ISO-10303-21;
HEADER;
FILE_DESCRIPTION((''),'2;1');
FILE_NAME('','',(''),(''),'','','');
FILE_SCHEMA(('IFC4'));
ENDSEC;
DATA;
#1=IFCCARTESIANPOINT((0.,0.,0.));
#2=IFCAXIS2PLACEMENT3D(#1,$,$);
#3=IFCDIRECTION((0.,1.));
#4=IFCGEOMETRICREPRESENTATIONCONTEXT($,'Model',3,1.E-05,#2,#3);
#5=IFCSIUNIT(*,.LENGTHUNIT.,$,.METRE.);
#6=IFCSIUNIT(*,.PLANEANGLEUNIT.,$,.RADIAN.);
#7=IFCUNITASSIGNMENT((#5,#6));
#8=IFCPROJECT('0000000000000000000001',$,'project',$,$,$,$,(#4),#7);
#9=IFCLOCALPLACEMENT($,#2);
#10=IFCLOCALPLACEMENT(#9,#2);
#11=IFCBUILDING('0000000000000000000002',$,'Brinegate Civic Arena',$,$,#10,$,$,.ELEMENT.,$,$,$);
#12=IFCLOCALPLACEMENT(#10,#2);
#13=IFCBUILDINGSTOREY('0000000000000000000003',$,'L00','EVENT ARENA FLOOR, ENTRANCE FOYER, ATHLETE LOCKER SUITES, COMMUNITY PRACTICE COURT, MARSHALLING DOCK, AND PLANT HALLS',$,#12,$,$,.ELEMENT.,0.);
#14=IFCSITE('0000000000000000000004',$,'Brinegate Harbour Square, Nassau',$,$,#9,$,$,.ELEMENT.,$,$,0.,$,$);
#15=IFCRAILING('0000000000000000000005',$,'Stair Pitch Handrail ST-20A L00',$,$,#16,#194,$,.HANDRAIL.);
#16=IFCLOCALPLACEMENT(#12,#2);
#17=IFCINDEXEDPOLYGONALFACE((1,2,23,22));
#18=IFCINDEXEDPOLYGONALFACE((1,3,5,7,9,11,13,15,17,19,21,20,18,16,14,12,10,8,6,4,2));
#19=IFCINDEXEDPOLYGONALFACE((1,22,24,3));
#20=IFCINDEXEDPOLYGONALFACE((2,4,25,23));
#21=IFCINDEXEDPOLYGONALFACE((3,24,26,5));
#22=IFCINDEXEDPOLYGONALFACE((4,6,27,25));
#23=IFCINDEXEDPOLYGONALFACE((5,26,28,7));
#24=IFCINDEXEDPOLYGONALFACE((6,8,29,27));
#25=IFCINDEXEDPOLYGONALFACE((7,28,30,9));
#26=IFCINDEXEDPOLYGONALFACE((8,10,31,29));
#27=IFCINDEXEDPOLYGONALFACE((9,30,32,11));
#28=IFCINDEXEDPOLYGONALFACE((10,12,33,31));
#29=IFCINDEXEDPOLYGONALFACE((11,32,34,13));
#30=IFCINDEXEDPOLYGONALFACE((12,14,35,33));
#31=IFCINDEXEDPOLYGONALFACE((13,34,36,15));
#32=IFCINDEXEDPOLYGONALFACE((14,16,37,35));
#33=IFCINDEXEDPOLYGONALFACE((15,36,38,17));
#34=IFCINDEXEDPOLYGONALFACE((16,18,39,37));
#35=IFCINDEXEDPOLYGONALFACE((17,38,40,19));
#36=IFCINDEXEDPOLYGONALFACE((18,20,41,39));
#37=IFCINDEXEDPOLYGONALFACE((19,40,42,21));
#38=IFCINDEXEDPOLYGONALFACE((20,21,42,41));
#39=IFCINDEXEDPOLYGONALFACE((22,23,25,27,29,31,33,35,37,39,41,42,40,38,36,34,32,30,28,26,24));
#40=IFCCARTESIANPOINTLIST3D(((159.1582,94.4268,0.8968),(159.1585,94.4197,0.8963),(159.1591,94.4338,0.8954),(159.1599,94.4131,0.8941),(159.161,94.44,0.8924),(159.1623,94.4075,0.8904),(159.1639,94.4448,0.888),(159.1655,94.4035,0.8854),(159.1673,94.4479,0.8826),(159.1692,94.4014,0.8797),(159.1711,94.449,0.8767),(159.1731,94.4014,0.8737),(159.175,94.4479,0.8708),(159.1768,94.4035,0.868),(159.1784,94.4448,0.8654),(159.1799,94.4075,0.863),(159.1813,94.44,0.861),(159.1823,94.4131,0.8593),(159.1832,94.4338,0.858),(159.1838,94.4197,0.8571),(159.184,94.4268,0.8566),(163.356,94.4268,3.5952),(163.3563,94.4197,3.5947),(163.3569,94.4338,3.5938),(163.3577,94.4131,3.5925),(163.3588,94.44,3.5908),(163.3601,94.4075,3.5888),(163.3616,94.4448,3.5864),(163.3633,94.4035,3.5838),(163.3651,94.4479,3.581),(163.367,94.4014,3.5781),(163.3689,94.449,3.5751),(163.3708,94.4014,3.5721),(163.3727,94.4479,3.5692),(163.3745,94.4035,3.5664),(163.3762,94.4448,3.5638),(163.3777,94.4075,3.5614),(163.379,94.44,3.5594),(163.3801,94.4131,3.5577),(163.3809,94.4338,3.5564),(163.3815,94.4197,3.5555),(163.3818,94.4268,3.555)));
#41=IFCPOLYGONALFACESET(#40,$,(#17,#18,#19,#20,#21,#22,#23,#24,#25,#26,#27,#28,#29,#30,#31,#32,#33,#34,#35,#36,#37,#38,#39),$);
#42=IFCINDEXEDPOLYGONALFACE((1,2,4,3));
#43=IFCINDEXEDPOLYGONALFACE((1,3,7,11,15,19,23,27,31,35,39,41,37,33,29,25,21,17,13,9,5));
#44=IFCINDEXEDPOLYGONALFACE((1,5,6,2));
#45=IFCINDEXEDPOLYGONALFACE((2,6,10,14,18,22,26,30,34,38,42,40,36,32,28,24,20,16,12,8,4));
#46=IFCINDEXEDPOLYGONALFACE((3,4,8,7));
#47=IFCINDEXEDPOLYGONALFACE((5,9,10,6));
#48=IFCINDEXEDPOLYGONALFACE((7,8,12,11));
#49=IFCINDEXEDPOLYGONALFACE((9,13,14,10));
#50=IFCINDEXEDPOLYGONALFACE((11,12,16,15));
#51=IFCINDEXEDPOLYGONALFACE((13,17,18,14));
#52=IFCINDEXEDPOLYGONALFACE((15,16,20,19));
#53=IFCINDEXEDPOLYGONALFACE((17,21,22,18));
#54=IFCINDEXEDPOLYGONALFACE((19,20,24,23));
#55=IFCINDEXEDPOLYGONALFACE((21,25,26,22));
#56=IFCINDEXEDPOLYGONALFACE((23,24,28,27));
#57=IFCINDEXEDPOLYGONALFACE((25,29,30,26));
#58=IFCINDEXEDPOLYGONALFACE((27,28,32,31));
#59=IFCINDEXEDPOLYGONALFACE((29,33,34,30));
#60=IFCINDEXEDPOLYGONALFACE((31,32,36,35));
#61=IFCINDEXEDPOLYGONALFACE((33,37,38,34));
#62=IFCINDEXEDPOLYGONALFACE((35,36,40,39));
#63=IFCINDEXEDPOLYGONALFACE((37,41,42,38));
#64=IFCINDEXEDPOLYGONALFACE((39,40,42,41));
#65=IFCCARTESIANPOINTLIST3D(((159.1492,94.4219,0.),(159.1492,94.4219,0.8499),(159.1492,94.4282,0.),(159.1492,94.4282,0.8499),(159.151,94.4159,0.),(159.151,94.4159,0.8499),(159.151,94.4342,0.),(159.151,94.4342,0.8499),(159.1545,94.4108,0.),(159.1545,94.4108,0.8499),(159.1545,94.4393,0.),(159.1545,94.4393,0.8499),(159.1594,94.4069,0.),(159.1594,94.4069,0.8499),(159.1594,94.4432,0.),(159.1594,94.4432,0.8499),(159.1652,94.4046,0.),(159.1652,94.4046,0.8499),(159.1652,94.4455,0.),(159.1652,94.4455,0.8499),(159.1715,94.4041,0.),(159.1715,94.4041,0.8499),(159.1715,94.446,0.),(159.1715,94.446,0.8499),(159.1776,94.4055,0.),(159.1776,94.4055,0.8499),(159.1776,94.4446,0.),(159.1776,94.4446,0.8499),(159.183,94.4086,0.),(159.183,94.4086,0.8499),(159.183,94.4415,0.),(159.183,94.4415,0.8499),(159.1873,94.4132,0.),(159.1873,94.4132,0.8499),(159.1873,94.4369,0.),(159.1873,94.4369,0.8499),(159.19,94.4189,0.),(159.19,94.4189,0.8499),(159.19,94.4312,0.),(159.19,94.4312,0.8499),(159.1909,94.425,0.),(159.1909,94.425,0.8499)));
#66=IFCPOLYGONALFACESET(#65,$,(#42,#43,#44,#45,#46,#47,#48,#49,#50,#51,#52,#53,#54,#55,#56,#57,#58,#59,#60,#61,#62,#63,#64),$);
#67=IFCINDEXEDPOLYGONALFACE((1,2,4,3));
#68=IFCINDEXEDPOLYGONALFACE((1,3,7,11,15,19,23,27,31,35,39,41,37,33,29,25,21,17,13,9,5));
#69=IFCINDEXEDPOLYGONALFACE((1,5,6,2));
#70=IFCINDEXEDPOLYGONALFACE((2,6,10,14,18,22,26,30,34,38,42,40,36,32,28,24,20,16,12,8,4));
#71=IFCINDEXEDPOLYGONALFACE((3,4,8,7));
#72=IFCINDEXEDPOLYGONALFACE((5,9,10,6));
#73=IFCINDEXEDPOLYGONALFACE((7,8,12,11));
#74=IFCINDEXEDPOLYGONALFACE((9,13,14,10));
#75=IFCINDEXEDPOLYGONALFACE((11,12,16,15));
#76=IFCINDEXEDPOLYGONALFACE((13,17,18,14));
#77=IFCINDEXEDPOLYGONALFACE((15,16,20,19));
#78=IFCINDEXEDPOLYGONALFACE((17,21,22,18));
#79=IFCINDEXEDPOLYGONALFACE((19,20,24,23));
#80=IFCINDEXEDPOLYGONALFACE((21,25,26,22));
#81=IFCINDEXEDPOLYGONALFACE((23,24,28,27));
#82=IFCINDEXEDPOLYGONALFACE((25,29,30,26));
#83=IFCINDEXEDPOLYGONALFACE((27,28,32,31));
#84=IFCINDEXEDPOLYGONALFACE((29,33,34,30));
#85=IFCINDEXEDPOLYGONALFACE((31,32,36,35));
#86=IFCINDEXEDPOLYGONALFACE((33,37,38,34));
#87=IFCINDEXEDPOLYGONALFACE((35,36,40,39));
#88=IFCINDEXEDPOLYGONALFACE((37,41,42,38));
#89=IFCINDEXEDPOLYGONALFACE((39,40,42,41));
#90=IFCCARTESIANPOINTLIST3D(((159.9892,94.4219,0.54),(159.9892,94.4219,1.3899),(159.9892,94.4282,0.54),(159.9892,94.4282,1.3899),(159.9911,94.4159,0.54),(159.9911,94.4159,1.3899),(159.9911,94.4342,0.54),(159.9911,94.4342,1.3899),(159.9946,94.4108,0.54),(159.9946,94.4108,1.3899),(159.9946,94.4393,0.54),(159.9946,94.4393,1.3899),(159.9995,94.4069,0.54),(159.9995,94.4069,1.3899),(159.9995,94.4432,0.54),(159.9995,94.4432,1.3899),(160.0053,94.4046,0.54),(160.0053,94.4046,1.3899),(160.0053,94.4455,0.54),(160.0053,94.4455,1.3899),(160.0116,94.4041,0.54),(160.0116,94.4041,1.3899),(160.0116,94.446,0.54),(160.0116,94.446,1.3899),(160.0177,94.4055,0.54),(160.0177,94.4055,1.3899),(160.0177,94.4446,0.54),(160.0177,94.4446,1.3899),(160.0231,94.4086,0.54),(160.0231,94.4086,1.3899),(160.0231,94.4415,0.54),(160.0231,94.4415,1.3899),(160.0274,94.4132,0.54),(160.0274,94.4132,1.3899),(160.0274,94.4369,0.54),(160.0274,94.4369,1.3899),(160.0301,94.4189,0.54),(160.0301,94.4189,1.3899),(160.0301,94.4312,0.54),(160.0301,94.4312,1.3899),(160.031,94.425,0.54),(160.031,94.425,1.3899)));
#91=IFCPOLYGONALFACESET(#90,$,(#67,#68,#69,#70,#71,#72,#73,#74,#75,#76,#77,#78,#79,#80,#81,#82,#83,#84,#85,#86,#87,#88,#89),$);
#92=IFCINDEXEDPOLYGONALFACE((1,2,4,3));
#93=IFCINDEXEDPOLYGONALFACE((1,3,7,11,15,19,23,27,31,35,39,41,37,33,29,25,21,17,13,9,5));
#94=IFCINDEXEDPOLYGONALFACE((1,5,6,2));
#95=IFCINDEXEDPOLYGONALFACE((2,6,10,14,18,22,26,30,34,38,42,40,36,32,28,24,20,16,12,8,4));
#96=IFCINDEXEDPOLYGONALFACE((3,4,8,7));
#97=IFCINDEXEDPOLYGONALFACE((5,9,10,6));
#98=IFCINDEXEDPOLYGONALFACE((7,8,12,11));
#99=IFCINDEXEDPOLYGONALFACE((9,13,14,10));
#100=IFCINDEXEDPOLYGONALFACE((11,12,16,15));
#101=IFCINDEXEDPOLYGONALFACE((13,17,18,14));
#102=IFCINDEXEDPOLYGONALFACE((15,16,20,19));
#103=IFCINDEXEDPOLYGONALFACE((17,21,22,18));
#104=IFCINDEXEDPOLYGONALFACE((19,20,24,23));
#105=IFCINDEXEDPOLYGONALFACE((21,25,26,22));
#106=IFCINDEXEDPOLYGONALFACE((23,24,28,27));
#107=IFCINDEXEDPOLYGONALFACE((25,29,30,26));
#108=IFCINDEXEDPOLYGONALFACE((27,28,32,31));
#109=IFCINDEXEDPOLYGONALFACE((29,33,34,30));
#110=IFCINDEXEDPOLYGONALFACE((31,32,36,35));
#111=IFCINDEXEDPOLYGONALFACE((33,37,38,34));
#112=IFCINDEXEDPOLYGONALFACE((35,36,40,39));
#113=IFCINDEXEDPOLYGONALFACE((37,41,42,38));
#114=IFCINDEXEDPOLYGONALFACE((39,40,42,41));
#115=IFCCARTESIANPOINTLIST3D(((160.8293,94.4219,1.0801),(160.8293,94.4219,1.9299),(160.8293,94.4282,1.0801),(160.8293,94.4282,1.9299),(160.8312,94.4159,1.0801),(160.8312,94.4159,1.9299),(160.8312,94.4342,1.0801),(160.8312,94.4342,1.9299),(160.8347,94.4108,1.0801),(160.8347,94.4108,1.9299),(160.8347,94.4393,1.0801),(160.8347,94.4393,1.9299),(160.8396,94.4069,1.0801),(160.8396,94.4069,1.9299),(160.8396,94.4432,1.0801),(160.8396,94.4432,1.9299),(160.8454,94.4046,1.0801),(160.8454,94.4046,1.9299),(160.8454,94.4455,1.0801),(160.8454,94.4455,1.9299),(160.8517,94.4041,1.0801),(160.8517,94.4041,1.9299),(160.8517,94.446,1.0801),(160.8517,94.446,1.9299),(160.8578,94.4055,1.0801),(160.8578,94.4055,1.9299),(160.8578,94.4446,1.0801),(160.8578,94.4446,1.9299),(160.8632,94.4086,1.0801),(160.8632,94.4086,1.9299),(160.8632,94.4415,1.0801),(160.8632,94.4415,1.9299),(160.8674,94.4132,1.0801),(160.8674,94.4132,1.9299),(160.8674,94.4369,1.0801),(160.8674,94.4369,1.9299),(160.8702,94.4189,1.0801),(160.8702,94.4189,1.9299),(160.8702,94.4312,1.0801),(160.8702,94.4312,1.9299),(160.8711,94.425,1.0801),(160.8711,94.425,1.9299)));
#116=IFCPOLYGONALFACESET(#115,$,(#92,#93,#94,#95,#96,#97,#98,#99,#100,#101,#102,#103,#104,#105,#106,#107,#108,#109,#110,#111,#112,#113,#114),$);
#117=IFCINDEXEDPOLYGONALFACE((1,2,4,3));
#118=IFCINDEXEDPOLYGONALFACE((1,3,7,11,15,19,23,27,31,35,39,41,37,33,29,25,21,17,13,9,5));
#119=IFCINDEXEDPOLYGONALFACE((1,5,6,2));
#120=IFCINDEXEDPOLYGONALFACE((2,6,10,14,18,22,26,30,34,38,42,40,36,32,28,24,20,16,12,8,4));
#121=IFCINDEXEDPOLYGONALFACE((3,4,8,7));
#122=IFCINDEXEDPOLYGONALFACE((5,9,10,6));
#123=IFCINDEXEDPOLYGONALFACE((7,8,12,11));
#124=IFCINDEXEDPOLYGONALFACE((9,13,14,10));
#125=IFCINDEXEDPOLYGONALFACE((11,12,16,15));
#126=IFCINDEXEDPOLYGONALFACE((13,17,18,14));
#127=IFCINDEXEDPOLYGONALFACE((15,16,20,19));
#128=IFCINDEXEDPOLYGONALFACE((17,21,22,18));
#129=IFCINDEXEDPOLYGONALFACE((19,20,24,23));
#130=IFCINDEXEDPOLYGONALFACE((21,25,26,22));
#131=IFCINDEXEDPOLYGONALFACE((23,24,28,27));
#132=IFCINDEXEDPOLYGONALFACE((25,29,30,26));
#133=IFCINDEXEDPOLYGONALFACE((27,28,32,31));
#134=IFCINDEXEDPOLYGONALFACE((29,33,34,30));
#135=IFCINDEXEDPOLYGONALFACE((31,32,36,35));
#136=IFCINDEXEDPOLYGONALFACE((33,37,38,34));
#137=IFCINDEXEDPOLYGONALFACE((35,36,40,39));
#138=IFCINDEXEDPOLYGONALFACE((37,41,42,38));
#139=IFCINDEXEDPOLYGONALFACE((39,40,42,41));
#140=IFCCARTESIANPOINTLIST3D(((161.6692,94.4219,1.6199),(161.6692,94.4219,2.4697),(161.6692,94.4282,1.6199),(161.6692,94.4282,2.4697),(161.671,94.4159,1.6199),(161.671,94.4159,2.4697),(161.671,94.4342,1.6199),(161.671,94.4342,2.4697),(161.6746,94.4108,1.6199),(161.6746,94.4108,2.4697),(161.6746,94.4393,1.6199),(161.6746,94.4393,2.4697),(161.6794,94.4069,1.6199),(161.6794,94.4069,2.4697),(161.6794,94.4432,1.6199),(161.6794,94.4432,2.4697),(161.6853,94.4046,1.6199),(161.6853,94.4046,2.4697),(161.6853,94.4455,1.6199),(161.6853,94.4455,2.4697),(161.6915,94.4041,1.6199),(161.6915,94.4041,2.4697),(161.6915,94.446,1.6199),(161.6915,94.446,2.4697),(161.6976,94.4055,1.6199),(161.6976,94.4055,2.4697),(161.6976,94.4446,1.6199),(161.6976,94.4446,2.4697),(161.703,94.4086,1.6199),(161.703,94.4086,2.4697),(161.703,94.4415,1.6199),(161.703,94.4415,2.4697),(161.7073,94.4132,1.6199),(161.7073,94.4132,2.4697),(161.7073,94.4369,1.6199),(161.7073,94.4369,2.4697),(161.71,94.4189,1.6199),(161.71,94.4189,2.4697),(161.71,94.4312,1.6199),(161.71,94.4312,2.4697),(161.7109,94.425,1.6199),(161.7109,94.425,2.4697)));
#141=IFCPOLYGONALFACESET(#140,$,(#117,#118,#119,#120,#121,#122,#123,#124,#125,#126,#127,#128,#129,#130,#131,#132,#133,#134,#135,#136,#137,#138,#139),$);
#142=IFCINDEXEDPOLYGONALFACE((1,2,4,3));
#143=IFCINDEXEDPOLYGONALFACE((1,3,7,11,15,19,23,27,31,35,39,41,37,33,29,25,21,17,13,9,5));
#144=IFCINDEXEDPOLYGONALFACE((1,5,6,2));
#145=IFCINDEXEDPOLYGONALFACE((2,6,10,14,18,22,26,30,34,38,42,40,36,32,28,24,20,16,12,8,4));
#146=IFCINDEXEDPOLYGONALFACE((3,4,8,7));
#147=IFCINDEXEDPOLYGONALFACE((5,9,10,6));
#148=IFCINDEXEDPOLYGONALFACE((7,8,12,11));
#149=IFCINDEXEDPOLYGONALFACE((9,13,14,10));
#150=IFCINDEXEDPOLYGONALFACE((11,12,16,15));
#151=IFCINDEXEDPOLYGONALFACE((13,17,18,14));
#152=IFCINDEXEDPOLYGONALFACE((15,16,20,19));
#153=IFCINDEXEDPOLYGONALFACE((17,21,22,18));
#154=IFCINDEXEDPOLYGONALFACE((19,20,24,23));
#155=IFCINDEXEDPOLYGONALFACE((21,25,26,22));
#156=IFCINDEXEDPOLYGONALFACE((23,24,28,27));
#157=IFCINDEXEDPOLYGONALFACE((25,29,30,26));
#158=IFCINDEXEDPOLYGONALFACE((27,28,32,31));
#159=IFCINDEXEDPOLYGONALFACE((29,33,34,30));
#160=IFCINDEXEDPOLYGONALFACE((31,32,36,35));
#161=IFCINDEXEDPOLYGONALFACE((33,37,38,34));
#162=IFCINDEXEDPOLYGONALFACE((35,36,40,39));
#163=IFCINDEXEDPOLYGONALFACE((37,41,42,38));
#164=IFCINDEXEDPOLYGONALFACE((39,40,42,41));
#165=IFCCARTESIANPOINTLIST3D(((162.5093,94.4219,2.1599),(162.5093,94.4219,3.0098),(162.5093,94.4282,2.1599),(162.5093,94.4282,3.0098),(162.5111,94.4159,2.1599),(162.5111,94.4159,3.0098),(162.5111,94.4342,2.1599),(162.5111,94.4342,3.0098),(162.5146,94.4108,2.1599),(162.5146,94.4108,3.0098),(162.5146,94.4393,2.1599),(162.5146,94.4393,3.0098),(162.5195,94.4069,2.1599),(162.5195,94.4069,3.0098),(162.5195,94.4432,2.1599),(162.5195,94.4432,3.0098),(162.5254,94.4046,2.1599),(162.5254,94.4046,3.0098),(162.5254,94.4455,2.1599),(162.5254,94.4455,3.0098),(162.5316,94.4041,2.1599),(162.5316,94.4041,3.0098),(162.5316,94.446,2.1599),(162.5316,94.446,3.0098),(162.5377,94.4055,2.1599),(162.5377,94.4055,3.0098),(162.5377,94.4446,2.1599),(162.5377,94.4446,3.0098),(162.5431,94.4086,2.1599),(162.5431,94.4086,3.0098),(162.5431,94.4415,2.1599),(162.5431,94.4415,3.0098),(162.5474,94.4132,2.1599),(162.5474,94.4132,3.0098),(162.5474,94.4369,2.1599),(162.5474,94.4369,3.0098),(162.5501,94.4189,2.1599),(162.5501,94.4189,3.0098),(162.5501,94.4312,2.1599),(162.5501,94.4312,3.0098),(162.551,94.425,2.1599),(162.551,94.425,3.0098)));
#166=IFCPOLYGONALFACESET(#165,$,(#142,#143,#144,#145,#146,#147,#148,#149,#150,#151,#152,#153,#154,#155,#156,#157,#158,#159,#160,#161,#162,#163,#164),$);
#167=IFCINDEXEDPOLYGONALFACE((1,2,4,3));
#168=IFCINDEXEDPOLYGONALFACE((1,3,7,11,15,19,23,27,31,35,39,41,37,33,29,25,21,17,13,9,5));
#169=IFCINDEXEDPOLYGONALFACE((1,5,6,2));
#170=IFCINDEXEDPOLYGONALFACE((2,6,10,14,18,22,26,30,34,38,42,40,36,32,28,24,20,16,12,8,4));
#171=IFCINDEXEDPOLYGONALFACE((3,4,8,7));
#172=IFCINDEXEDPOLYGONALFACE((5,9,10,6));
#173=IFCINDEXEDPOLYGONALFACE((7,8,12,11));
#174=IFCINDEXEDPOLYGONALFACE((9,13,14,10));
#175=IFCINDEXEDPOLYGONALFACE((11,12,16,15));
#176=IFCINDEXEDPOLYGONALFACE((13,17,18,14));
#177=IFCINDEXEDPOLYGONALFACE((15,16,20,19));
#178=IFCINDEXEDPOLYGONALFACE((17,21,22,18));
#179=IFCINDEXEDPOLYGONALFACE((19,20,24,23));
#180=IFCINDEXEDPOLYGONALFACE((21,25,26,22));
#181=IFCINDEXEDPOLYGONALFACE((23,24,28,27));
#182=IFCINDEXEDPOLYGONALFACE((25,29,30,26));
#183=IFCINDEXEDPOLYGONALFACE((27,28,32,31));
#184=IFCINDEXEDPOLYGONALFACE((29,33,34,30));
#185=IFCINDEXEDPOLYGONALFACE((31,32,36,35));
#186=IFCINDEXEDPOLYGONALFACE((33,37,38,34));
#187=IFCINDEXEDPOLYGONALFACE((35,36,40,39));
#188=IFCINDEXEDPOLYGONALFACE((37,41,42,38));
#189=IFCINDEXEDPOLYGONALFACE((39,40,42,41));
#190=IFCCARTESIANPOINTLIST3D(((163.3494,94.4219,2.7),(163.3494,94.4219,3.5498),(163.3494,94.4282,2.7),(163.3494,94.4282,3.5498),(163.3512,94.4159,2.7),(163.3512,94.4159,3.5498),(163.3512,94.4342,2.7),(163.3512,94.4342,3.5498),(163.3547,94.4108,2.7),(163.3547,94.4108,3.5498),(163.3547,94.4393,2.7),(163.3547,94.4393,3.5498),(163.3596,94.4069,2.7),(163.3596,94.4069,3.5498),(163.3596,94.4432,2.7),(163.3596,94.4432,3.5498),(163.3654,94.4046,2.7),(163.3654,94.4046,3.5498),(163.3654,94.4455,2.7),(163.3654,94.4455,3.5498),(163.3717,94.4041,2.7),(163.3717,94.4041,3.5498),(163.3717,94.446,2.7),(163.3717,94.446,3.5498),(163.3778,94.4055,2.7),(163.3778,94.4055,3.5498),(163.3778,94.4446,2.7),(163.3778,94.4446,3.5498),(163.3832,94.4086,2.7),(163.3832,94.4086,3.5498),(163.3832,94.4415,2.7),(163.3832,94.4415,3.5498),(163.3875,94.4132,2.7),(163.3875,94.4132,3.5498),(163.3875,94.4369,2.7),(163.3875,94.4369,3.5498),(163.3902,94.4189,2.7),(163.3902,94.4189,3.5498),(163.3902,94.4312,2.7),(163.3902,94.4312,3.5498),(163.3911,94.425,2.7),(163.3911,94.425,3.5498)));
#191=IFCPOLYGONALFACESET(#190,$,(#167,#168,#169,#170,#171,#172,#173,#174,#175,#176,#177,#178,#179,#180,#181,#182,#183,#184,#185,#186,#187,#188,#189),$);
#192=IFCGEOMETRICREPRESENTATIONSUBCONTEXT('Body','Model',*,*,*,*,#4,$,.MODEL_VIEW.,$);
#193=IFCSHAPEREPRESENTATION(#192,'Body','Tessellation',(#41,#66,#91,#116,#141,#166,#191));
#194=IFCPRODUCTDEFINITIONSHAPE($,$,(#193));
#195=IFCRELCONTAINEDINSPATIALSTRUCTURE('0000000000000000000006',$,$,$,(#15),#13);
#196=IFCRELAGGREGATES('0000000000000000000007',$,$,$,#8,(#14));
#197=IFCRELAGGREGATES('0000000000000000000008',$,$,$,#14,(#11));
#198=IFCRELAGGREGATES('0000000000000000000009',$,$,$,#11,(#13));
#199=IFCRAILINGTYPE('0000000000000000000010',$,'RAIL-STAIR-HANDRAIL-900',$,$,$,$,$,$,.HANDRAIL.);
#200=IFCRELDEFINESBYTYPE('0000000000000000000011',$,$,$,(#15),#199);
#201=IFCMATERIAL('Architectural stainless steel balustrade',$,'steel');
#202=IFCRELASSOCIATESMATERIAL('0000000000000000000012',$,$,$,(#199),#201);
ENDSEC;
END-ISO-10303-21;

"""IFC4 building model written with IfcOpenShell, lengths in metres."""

from ifc_helpers import new_model, si_unit, direction, frame, origin, origin_2d, place, context, subcontext, project, spatial, circle, extrude, material, type_object, element, save


model = new_model("IFC4")

# Units and contexts
model_context = context("Model", 3, precision=1e-05, world=origin(), true_north=direction((0.0, 1.0)))
body_context = subcontext(model_context, "Body", "Model", "MODEL_VIEW")
ifc_project = project(units=[si_unit("LENGTHUNIT", "METRE"), si_unit("PLANEANGLEUNIT", "RADIAN")], contexts=[model_context])

# Site, building, storey
site_placement = place(None, origin())
site = spatial("IfcSite", under=ifc_project, at=site_placement, Name="Brinegate Harbour Square, Nassau", CompositionType="ELEMENT", RefElevation=0.0)
building_placement = place(site_placement, origin())
building = spatial("IfcBuilding", under=site, at=building_placement, Name="Brinegate Civic Arena", CompositionType="ELEMENT")
storey_placement = place(building_placement, origin())
storey = spatial("IfcBuildingStorey", under=building, at=storey_placement, Name="L00", Description="EVENT ARENA FLOOR, ENTRANCE FOYER, ATHLETE LOCKER SUITES, COMMUNITY PRACTICE COURT, MARSHALLING DOCK, AND PLANT HALLS", CompositionType="ELEMENT", Elevation=0.0)

# Railing
ifc_material_1 = material(Name="Architectural stainless steel balustrade", Category="steel")
railing_type = type_object("IfcRailingType", Name="RAIL-STAIR-HANDRAIL-900", PredefinedType="HANDRAIL", material=ifc_material_1)
for number, where, name in (
    (1, (159.1699, 94.425, 0.0), "Stair Pitch Handrail ST-20A L00"),
):
    element("IfcRailing", number, at=place(storey_placement, frame(where)), inside=storey, type_object=railing_type, Name=name, PredefinedType="HANDRAIL", context=body_context, shape_type="SweptSolid", body=[
        extrude(circle(Radius=0.0239, at=origin_2d()), frame((0.0012, 0.0, 0.8767), z_axis=(0.841194, 0.0, 0.540733), x_axis=(0.0, 1.0, 0.0)), (0.0, 0.0, 1.0), 4.9902),
        extrude(circle(Radius=0.021, at=origin_2d()), origin(), (0.0, 0.0, 1.0), 0.8499),
        extrude(circle(Radius=0.021, at=origin_2d()), frame((0.8401, 0.0, 0.54)), (0.0, 0.0, 1.0), 0.8499),
        extrude(circle(Radius=0.021, at=origin_2d()), frame((1.6802, 0.0, 1.0801)), (0.0, 0.0, 1.0), 0.8499),
        extrude(circle(Radius=0.021, at=origin_2d()), frame((2.52, 0.0, 1.6199)), (0.0, 0.0, 1.0), 0.8499),
        extrude(circle(Radius=0.021, at=origin_2d()), frame((3.3601, 0.0, 2.1599)), (0.0, 0.0, 1.0), 0.8499),
        extrude(circle(Radius=0.021, at=origin_2d()), frame((4.2002, 0.0, 2.7)), (0.0, 0.0, 1.0), 0.8499),
    ])

save(model, "model.ifc")
